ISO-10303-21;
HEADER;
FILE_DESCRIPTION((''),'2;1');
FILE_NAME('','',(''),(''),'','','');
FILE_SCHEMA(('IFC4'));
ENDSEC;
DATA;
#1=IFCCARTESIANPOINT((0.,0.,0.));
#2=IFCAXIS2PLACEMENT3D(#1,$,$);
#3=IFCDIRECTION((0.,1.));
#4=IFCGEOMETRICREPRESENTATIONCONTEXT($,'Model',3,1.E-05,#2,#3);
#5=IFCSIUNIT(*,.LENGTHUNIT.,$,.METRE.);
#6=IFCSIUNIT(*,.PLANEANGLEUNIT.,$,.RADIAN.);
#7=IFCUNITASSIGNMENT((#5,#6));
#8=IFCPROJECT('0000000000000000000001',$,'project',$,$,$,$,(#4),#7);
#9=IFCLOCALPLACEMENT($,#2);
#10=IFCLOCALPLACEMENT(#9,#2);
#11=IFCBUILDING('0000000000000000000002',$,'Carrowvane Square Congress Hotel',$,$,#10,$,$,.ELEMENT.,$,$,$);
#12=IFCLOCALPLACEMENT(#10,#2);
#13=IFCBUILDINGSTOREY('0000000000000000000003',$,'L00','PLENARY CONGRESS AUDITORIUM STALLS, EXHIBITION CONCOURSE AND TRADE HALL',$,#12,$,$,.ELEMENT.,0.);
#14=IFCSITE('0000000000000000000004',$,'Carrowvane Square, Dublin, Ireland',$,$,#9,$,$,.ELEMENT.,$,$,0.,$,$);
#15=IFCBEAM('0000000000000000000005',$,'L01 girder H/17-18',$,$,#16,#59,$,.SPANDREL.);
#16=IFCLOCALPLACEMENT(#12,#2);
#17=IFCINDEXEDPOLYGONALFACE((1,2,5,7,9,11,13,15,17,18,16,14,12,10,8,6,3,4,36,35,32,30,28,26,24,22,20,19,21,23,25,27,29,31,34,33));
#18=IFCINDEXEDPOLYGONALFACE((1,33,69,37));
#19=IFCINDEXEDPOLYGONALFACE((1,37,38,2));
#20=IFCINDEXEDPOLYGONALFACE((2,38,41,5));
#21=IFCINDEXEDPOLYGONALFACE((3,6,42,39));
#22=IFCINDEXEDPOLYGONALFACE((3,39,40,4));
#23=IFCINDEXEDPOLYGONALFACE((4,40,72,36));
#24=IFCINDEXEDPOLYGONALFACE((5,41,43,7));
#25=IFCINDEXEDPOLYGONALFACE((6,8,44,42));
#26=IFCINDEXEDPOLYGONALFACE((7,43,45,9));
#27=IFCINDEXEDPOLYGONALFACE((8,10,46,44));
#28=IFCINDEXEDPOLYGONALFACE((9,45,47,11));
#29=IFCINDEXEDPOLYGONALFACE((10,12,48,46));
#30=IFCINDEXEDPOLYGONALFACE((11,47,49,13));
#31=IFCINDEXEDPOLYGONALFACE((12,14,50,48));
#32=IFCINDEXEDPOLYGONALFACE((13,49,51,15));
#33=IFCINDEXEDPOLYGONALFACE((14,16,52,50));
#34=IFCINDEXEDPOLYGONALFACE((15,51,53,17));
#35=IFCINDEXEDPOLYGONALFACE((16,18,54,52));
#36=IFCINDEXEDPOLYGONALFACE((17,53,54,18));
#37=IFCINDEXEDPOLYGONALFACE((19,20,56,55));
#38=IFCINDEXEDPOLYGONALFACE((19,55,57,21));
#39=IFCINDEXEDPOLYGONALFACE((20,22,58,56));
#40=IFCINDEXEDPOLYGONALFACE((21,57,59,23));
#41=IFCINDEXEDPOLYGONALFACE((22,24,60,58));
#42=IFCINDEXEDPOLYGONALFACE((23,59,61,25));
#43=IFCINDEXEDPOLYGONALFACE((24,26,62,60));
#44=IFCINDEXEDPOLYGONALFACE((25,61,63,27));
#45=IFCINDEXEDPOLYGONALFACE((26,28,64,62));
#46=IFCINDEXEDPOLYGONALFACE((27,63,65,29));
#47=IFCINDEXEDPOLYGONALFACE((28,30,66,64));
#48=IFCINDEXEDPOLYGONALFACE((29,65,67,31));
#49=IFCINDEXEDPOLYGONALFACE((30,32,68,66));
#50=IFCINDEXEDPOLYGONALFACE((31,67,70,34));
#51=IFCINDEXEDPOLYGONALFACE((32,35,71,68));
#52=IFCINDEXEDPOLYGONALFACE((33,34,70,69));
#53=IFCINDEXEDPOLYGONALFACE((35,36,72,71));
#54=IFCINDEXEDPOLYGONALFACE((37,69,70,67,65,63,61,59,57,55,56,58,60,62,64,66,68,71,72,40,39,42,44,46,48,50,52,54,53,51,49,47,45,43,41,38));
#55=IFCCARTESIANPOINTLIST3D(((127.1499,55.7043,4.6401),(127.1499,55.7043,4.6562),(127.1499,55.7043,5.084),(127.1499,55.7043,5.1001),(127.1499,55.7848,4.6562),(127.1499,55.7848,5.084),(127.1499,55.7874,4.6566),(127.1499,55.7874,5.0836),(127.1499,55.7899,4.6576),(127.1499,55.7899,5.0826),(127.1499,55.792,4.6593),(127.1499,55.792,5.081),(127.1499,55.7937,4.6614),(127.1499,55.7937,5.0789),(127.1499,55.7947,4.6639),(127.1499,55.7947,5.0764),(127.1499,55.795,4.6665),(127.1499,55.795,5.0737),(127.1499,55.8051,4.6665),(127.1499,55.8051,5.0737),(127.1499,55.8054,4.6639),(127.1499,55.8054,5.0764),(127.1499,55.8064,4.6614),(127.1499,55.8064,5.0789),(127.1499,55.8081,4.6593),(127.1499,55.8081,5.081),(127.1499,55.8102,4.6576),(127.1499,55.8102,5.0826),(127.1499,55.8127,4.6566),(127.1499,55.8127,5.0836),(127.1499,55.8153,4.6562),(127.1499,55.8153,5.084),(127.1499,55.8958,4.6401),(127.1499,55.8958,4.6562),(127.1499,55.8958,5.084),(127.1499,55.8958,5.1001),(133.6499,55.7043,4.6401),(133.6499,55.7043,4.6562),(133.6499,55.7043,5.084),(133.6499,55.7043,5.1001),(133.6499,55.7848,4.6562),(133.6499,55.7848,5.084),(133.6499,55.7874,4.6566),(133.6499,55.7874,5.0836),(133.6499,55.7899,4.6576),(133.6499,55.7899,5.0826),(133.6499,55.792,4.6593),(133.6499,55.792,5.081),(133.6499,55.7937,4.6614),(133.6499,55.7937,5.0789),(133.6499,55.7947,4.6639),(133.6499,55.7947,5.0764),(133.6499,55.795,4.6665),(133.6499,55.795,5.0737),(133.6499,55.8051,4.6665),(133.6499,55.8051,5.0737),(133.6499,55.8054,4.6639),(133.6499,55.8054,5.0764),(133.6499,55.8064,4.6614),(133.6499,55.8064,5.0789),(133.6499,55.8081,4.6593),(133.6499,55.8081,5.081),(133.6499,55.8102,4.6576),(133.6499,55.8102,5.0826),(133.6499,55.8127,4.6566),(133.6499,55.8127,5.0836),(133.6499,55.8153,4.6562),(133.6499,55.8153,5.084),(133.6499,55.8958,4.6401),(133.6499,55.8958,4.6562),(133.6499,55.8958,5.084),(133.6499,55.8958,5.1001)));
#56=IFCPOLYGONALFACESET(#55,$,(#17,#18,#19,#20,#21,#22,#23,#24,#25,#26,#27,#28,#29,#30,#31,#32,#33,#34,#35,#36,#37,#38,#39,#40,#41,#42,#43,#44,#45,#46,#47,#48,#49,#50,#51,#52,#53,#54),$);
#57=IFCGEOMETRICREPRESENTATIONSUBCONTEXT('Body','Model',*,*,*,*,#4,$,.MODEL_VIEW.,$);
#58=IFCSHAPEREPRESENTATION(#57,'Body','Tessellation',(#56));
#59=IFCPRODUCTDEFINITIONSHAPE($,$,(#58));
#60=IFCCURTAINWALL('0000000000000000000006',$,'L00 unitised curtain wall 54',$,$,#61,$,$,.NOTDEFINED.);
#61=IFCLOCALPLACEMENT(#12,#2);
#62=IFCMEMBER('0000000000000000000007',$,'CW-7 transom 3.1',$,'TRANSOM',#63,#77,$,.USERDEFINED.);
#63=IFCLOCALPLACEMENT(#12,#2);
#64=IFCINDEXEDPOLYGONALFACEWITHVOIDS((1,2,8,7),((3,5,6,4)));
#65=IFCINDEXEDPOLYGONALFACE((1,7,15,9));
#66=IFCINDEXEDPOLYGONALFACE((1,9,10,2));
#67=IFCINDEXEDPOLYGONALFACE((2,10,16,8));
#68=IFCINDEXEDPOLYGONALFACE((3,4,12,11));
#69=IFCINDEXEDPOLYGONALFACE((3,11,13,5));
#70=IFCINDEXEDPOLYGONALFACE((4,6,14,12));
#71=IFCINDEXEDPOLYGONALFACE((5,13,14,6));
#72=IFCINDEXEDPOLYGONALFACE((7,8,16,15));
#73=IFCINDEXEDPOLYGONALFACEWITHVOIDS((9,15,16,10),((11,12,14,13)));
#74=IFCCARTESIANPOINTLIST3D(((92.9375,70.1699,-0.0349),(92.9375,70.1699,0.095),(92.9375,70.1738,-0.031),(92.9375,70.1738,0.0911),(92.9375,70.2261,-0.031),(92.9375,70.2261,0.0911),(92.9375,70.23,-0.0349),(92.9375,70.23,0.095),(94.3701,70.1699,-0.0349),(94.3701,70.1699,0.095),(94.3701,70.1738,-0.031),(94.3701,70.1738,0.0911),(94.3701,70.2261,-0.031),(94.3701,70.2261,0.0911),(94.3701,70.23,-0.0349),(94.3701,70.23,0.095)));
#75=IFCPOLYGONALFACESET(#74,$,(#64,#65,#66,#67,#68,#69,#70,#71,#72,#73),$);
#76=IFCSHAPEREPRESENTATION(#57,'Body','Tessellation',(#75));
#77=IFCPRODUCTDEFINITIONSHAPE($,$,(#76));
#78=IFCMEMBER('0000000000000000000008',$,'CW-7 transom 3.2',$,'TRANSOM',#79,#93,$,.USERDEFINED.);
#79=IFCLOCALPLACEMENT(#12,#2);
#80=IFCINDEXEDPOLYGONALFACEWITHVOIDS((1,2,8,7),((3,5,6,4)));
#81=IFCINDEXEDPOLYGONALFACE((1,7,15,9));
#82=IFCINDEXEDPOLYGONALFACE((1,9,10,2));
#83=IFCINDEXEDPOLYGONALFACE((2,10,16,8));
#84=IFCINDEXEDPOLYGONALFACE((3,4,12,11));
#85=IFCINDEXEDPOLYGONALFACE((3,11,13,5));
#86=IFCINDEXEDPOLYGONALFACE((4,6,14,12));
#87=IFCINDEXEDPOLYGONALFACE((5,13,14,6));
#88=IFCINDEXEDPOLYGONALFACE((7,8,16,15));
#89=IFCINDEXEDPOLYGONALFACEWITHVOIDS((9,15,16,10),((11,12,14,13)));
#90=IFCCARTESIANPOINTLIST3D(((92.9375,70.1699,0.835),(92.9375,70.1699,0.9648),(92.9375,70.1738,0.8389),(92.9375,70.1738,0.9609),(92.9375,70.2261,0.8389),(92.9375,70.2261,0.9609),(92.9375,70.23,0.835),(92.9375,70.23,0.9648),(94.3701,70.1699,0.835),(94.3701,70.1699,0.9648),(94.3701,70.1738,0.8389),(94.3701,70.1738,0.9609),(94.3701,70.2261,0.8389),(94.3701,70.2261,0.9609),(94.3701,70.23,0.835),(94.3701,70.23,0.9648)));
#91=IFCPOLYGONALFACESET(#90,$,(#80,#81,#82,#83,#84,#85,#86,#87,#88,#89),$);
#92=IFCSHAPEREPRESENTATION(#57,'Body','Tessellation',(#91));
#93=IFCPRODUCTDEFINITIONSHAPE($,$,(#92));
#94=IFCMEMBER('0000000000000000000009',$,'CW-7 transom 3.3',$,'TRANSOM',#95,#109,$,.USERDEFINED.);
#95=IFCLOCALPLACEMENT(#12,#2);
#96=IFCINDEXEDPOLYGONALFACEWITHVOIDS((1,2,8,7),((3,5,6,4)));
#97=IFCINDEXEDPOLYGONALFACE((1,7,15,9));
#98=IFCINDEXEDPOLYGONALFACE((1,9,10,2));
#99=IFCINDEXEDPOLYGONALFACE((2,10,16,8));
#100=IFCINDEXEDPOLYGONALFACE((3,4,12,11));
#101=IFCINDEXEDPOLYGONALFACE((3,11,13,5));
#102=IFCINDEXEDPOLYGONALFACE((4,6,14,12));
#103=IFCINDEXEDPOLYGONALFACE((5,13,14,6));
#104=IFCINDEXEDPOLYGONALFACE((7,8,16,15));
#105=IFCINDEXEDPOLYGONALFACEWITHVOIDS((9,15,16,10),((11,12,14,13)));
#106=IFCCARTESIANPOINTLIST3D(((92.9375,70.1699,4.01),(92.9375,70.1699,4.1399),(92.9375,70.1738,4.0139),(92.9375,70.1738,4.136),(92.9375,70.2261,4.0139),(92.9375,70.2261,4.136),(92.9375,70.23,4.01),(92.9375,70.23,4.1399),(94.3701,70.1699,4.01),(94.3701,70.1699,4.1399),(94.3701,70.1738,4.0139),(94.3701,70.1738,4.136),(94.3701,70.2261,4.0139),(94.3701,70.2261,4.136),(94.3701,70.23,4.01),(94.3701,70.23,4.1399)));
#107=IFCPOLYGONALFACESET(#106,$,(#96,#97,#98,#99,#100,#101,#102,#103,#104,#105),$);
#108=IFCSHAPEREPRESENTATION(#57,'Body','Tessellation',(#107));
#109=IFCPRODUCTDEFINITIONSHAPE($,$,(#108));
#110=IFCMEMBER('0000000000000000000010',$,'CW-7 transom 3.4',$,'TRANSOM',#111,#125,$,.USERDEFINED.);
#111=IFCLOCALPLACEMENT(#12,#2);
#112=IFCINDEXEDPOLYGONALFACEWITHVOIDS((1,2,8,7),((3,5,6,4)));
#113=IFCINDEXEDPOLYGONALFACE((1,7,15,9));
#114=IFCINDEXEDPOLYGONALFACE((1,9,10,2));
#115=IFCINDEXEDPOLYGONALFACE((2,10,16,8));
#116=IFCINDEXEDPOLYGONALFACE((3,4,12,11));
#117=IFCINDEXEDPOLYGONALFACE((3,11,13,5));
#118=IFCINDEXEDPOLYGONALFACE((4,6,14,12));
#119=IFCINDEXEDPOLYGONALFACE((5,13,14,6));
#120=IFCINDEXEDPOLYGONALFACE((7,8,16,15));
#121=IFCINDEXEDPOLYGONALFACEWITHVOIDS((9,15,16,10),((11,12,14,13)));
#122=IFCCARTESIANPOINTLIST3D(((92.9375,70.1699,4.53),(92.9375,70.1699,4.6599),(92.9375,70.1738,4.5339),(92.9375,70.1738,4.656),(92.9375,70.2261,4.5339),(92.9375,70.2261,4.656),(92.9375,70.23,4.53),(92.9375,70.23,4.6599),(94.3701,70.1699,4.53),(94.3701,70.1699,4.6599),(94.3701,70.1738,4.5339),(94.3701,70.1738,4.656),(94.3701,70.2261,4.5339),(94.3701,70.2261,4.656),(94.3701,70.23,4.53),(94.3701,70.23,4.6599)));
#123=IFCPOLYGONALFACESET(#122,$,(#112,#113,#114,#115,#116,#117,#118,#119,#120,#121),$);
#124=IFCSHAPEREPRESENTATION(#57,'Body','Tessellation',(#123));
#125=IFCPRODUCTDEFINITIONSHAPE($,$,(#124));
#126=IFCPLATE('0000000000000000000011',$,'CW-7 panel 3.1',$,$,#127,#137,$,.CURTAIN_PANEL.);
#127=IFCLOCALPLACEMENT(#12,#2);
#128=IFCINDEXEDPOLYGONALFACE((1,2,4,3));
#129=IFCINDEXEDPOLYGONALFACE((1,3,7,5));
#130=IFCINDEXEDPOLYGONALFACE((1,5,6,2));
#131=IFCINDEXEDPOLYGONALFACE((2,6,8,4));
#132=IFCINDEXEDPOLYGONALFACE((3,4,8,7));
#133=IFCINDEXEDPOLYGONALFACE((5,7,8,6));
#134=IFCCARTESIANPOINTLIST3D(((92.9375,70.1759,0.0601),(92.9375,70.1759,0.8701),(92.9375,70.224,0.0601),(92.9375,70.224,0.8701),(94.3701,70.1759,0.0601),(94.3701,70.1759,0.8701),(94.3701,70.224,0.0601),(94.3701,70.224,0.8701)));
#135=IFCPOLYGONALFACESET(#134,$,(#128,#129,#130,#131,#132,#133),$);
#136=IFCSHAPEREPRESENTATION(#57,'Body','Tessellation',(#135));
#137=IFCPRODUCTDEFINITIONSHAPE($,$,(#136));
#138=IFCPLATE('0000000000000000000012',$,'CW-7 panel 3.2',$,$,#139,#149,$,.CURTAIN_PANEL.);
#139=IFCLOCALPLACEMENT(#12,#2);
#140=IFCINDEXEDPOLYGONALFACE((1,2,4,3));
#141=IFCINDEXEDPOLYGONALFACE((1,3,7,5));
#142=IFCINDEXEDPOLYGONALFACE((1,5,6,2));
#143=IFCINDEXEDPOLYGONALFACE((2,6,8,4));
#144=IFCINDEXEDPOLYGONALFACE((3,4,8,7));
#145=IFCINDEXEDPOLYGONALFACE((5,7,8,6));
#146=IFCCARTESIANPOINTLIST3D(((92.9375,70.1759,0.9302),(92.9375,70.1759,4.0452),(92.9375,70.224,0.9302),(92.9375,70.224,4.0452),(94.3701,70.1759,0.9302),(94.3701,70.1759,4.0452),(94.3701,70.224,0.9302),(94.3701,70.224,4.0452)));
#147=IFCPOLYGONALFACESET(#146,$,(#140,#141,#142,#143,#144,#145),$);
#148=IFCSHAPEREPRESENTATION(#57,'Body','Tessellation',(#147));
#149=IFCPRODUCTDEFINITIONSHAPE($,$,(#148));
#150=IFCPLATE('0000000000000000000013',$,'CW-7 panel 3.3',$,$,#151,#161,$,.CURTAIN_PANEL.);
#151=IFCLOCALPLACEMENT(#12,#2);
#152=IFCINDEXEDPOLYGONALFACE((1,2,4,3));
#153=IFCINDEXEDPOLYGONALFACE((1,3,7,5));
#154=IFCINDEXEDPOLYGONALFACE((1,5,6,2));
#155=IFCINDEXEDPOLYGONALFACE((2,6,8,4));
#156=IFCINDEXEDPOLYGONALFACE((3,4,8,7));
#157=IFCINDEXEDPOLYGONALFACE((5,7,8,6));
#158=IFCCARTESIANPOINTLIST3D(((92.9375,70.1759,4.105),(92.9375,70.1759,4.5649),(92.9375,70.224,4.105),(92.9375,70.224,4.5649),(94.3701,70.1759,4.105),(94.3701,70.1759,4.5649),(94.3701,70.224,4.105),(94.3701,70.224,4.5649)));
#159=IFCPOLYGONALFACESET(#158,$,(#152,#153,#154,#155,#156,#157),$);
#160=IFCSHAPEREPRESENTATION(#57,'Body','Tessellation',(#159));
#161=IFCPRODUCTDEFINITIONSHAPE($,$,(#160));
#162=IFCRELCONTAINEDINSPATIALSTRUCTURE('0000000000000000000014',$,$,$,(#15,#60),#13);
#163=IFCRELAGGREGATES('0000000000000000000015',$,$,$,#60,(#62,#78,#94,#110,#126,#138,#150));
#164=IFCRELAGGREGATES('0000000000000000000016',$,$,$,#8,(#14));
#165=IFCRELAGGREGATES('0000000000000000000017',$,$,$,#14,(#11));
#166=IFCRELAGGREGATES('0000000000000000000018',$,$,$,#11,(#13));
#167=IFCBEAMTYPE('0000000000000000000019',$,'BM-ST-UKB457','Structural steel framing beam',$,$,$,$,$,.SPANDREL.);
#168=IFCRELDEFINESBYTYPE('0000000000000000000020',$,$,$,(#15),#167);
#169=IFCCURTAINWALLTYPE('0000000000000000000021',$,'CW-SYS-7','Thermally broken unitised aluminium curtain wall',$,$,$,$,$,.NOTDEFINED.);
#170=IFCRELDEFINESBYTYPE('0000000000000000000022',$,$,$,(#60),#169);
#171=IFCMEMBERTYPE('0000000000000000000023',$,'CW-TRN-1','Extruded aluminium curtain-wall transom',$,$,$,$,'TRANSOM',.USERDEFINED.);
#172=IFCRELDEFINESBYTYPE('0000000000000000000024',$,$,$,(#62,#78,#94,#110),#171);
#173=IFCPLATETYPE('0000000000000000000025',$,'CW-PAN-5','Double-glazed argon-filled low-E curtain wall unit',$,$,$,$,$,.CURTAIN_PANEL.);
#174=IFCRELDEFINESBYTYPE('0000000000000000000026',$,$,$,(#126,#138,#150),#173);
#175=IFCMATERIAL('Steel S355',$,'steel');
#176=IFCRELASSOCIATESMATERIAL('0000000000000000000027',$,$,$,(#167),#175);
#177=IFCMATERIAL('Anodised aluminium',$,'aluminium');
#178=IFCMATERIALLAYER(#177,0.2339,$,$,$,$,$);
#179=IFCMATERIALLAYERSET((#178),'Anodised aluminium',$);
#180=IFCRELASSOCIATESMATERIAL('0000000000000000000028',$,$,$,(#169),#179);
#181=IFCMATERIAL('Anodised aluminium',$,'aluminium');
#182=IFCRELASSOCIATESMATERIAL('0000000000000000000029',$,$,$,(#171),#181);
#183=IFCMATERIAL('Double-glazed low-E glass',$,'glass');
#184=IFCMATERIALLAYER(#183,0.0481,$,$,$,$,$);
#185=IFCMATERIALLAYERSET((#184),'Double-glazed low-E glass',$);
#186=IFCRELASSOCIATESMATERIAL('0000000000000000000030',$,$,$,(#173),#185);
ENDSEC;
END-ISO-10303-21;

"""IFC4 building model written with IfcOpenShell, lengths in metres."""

from ifc_helpers import new_model, si_unit, direction, frame, origin, origin_2d, place, context, subcontext, project, spatial, rectangle, hollow_rectangle, i_section, extrude, material, layer, layer_set, material_profile, profile_set, type_object, element, aggregate, save


model = new_model("IFC4")

# Units and contexts
model_context = context("Model", 3, precision=1e-05, world=origin(), true_north=direction((0.0, 1.0)))
body_context = subcontext(model_context, "Body", "Model", "MODEL_VIEW")
ifc_project = project(units=[si_unit("LENGTHUNIT", "METRE"), si_unit("PLANEANGLEUNIT", "RADIAN")], contexts=[model_context])

# Site, building, storey
site_placement = place(None, origin())
site = spatial("IfcSite", under=ifc_project, at=site_placement, Name="Carrowvane Square, Dublin, Ireland", CompositionType="ELEMENT", RefElevation=0.0)
building_placement = place(site_placement, origin())
building = spatial("IfcBuilding", under=site, at=building_placement, Name="Carrowvane Square Congress Hotel", CompositionType="ELEMENT")
storey_placement = place(building_placement, origin())
storey = spatial("IfcBuildingStorey", under=building, at=storey_placement, Name="L00", Description="PLENARY CONGRESS AUDITORIUM STALLS, EXHIBITION CONCOURSE AND TRADE HALL", CompositionType="ELEMENT", Elevation=0.0)

# Beam
ifc_material_1 = material(Name="Steel S355", Category="steel")
ifc_material_profile_1 = material_profile(ifc_material_1, i_section(OverallWidth=0.1914, OverallDepth=0.46, WebThickness=0.01, FlangeThickness=0.0161, FilletRadius=0.0103, at=origin_2d()), Name="UKB 457x191x82")
ifc_profile_set_1 = profile_set([ifc_material_profile_1], Name="Steel S355")
beam_type_1 = type_object("IfcBeamType", Name="BM-ST-UKB457", Description="Structural steel framing beam", PredefinedType="SPANDREL", material=ifc_profile_set_1)
beam_1_placement = place(storey_placement, frame((127.1499, 55.8, 4.8701), z_axis=(1.0, 0.0, 0.0), x_axis=(0.0, 1.0, 0.0)))
element("IfcBeam", 1, at=beam_1_placement, inside=storey, type_object=beam_type_1, Name="L01 girder H/17-18", PredefinedType="SPANDREL", context=body_context, shape_type="SweptSolid", body=[
    extrude(i_section(OverallWidth=0.1914, OverallDepth=0.46, WebThickness=0.01, FlangeThickness=0.0161, FilletRadius=0.0103, at=origin_2d()), origin(), (0.0, 0.0, 1.0), 6.5),
])

# Curtain wall, members, plates
ifc_material_2 = material(Name="Anodised aluminium", Category="aluminium")
ifc_layer_1 = layer(ifc_material_2, 0.2339)
ifc_layer_set_1 = layer_set([ifc_layer_1], Name="Anodised aluminium")
curtain_wall_type = type_object("IfcCurtainWallType", Name="CW-SYS-7", Description="Thermally broken unitised aluminium curtain wall", PredefinedType="NOTDEFINED", material=ifc_layer_set_1)
curtain_wall_placement = place(storey_placement, origin())
curtain_wall = element("IfcCurtainWall", 2, at=curtain_wall_placement, inside=storey, type_object=curtain_wall_type, Name="L00 unitised curtain wall 54", PredefinedType="NOTDEFINED")
ifc_material_3 = material(Name="Anodised aluminium", Category="aluminium")
ifc_material_profile_2 = material_profile(ifc_material_3, hollow_rectangle(XDim=0.0601, YDim=0.1299, WallThickness=0.0039, at=origin_2d()), Name="CW-TR 60x130x4")
ifc_profile_set_2 = profile_set([ifc_material_profile_2], Name="Anodised aluminium")
member_type = type_object("IfcMemberType", Name="CW-TRN-1", Description="Extruded aluminium curtain-wall transom", ElementType="TRANSOM", PredefinedType="USERDEFINED", material=ifc_profile_set_2)
member_1_placement = place(storey_placement, frame((94.3701, 70.2, 0.03), z_axis=(-1.0, 0.0, 0.0), x_axis=(0.0, -1.0, 0.0)))
member_1 = element("IfcMember", 3, at=member_1_placement, type_object=member_type, Name="CW-7 transom 3.1", ObjectType="TRANSOM", PredefinedType="USERDEFINED", context=body_context, shape_type="SweptSolid", body=[
    extrude(hollow_rectangle(XDim=0.0601, YDim=0.1299, WallThickness=0.0039, at=origin_2d()), origin(), (0.0, 0.0, 1.0), 1.4326),
])
member_2_placement = place(storey_placement, frame((94.3701, 70.2, 0.8999), z_axis=(-1.0, 0.0, 0.0), x_axis=(0.0, -1.0, 0.0)))
member_2 = element("IfcMember", 4, at=member_2_placement, type_object=member_type, Name="CW-7 transom 3.2", ObjectType="TRANSOM", PredefinedType="USERDEFINED", context=body_context, shape_type="SweptSolid", body=[
    extrude(hollow_rectangle(XDim=0.0601, YDim=0.1299, WallThickness=0.0039, at=origin_2d()), origin(), (0.0, 0.0, 1.0), 1.4326),
])
member_3_placement = place(storey_placement, frame((94.3701, 70.2, 4.075), z_axis=(-1.0, 0.0, 0.0), x_axis=(0.0, -1.0, 0.0)))
member_3 = element("IfcMember", 5, at=member_3_placement, type_object=member_type, Name="CW-7 transom 3.3", ObjectType="TRANSOM", PredefinedType="USERDEFINED", context=body_context, shape_type="SweptSolid", body=[
    extrude(hollow_rectangle(XDim=0.0601, YDim=0.1299, WallThickness=0.0039, at=origin_2d()), origin(), (0.0, 0.0, 1.0), 1.4326),
])
member_4_placement = place(storey_placement, frame((94.3701, 70.2, 4.595), z_axis=(-1.0, 0.0, 0.0), x_axis=(0.0, -1.0, 0.0)))
member_4 = element("IfcMember", 6, at=member_4_placement, type_object=member_type, Name="CW-7 transom 3.4", ObjectType="TRANSOM", PredefinedType="USERDEFINED", context=body_context, shape_type="SweptSolid", body=[
    extrude(hollow_rectangle(XDim=0.0601, YDim=0.1299, WallThickness=0.0039, at=origin_2d()), origin(), (0.0, 0.0, 1.0), 1.4326),
])
ifc_material_4 = material(Name="Double-glazed low-E glass", Category="glass")
ifc_layer_2 = layer(ifc_material_4, 0.0481)
ifc_layer_set_2 = layer_set([ifc_layer_2], Name="Double-glazed low-E glass")
plate_type = type_object("IfcPlateType", Name="CW-PAN-5", Description="Double-glazed argon-filled low-E curtain wall unit", PredefinedType="CURTAIN_PANEL", material=ifc_layer_set_2)
plate_1_placement = place(storey_placement, frame((93.6538, 70.2, 0.0601), z_axis=(0.0, 0.0, 1.0), x_axis=(-1.0, 0.0, 0.0)))
plate_1 = element("IfcPlate", 7, at=plate_1_placement, type_object=plate_type, Name="CW-7 panel 3.1", PredefinedType="CURTAIN_PANEL", context=body_context, shape_type="SweptSolid", body=[
    extrude(rectangle(XDim=1.4326, YDim=0.0481, at=origin_2d()), origin(), (0.0, 0.0, 1.0), 0.8101),
])
plate_2_placement = place(storey_placement, frame((93.6538, 70.2, 0.9302), z_axis=(0.0, 0.0, 1.0), x_axis=(-1.0, 0.0, 0.0)))
plate_2 = element("IfcPlate", 8, at=plate_2_placement, type_object=plate_type, Name="CW-7 panel 3.2", PredefinedType="CURTAIN_PANEL", context=body_context, shape_type="SweptSolid", body=[
    extrude(rectangle(XDim=1.4326, YDim=0.0481, at=origin_2d()), origin(), (0.0, 0.0, 1.0), 3.115),
])
plate_3_placement = place(storey_placement, frame((93.6538, 70.2, 4.105), z_axis=(0.0, 0.0, 1.0), x_axis=(-1.0, 0.0, 0.0)))
plate_3 = element("IfcPlate", 9, at=plate_3_placement, type_object=plate_type, Name="CW-7 panel 3.3", PredefinedType="CURTAIN_PANEL", context=body_context, shape_type="SweptSolid", body=[
    extrude(rectangle(XDim=1.4326, YDim=0.0481, at=origin_2d()), origin(), (0.0, 0.0, 1.0), 0.46),
])
aggregate(curtain_wall, [member_1, member_2, member_3, member_4, plate_1, plate_2, plate_3])

save(model, "model.ifc")
